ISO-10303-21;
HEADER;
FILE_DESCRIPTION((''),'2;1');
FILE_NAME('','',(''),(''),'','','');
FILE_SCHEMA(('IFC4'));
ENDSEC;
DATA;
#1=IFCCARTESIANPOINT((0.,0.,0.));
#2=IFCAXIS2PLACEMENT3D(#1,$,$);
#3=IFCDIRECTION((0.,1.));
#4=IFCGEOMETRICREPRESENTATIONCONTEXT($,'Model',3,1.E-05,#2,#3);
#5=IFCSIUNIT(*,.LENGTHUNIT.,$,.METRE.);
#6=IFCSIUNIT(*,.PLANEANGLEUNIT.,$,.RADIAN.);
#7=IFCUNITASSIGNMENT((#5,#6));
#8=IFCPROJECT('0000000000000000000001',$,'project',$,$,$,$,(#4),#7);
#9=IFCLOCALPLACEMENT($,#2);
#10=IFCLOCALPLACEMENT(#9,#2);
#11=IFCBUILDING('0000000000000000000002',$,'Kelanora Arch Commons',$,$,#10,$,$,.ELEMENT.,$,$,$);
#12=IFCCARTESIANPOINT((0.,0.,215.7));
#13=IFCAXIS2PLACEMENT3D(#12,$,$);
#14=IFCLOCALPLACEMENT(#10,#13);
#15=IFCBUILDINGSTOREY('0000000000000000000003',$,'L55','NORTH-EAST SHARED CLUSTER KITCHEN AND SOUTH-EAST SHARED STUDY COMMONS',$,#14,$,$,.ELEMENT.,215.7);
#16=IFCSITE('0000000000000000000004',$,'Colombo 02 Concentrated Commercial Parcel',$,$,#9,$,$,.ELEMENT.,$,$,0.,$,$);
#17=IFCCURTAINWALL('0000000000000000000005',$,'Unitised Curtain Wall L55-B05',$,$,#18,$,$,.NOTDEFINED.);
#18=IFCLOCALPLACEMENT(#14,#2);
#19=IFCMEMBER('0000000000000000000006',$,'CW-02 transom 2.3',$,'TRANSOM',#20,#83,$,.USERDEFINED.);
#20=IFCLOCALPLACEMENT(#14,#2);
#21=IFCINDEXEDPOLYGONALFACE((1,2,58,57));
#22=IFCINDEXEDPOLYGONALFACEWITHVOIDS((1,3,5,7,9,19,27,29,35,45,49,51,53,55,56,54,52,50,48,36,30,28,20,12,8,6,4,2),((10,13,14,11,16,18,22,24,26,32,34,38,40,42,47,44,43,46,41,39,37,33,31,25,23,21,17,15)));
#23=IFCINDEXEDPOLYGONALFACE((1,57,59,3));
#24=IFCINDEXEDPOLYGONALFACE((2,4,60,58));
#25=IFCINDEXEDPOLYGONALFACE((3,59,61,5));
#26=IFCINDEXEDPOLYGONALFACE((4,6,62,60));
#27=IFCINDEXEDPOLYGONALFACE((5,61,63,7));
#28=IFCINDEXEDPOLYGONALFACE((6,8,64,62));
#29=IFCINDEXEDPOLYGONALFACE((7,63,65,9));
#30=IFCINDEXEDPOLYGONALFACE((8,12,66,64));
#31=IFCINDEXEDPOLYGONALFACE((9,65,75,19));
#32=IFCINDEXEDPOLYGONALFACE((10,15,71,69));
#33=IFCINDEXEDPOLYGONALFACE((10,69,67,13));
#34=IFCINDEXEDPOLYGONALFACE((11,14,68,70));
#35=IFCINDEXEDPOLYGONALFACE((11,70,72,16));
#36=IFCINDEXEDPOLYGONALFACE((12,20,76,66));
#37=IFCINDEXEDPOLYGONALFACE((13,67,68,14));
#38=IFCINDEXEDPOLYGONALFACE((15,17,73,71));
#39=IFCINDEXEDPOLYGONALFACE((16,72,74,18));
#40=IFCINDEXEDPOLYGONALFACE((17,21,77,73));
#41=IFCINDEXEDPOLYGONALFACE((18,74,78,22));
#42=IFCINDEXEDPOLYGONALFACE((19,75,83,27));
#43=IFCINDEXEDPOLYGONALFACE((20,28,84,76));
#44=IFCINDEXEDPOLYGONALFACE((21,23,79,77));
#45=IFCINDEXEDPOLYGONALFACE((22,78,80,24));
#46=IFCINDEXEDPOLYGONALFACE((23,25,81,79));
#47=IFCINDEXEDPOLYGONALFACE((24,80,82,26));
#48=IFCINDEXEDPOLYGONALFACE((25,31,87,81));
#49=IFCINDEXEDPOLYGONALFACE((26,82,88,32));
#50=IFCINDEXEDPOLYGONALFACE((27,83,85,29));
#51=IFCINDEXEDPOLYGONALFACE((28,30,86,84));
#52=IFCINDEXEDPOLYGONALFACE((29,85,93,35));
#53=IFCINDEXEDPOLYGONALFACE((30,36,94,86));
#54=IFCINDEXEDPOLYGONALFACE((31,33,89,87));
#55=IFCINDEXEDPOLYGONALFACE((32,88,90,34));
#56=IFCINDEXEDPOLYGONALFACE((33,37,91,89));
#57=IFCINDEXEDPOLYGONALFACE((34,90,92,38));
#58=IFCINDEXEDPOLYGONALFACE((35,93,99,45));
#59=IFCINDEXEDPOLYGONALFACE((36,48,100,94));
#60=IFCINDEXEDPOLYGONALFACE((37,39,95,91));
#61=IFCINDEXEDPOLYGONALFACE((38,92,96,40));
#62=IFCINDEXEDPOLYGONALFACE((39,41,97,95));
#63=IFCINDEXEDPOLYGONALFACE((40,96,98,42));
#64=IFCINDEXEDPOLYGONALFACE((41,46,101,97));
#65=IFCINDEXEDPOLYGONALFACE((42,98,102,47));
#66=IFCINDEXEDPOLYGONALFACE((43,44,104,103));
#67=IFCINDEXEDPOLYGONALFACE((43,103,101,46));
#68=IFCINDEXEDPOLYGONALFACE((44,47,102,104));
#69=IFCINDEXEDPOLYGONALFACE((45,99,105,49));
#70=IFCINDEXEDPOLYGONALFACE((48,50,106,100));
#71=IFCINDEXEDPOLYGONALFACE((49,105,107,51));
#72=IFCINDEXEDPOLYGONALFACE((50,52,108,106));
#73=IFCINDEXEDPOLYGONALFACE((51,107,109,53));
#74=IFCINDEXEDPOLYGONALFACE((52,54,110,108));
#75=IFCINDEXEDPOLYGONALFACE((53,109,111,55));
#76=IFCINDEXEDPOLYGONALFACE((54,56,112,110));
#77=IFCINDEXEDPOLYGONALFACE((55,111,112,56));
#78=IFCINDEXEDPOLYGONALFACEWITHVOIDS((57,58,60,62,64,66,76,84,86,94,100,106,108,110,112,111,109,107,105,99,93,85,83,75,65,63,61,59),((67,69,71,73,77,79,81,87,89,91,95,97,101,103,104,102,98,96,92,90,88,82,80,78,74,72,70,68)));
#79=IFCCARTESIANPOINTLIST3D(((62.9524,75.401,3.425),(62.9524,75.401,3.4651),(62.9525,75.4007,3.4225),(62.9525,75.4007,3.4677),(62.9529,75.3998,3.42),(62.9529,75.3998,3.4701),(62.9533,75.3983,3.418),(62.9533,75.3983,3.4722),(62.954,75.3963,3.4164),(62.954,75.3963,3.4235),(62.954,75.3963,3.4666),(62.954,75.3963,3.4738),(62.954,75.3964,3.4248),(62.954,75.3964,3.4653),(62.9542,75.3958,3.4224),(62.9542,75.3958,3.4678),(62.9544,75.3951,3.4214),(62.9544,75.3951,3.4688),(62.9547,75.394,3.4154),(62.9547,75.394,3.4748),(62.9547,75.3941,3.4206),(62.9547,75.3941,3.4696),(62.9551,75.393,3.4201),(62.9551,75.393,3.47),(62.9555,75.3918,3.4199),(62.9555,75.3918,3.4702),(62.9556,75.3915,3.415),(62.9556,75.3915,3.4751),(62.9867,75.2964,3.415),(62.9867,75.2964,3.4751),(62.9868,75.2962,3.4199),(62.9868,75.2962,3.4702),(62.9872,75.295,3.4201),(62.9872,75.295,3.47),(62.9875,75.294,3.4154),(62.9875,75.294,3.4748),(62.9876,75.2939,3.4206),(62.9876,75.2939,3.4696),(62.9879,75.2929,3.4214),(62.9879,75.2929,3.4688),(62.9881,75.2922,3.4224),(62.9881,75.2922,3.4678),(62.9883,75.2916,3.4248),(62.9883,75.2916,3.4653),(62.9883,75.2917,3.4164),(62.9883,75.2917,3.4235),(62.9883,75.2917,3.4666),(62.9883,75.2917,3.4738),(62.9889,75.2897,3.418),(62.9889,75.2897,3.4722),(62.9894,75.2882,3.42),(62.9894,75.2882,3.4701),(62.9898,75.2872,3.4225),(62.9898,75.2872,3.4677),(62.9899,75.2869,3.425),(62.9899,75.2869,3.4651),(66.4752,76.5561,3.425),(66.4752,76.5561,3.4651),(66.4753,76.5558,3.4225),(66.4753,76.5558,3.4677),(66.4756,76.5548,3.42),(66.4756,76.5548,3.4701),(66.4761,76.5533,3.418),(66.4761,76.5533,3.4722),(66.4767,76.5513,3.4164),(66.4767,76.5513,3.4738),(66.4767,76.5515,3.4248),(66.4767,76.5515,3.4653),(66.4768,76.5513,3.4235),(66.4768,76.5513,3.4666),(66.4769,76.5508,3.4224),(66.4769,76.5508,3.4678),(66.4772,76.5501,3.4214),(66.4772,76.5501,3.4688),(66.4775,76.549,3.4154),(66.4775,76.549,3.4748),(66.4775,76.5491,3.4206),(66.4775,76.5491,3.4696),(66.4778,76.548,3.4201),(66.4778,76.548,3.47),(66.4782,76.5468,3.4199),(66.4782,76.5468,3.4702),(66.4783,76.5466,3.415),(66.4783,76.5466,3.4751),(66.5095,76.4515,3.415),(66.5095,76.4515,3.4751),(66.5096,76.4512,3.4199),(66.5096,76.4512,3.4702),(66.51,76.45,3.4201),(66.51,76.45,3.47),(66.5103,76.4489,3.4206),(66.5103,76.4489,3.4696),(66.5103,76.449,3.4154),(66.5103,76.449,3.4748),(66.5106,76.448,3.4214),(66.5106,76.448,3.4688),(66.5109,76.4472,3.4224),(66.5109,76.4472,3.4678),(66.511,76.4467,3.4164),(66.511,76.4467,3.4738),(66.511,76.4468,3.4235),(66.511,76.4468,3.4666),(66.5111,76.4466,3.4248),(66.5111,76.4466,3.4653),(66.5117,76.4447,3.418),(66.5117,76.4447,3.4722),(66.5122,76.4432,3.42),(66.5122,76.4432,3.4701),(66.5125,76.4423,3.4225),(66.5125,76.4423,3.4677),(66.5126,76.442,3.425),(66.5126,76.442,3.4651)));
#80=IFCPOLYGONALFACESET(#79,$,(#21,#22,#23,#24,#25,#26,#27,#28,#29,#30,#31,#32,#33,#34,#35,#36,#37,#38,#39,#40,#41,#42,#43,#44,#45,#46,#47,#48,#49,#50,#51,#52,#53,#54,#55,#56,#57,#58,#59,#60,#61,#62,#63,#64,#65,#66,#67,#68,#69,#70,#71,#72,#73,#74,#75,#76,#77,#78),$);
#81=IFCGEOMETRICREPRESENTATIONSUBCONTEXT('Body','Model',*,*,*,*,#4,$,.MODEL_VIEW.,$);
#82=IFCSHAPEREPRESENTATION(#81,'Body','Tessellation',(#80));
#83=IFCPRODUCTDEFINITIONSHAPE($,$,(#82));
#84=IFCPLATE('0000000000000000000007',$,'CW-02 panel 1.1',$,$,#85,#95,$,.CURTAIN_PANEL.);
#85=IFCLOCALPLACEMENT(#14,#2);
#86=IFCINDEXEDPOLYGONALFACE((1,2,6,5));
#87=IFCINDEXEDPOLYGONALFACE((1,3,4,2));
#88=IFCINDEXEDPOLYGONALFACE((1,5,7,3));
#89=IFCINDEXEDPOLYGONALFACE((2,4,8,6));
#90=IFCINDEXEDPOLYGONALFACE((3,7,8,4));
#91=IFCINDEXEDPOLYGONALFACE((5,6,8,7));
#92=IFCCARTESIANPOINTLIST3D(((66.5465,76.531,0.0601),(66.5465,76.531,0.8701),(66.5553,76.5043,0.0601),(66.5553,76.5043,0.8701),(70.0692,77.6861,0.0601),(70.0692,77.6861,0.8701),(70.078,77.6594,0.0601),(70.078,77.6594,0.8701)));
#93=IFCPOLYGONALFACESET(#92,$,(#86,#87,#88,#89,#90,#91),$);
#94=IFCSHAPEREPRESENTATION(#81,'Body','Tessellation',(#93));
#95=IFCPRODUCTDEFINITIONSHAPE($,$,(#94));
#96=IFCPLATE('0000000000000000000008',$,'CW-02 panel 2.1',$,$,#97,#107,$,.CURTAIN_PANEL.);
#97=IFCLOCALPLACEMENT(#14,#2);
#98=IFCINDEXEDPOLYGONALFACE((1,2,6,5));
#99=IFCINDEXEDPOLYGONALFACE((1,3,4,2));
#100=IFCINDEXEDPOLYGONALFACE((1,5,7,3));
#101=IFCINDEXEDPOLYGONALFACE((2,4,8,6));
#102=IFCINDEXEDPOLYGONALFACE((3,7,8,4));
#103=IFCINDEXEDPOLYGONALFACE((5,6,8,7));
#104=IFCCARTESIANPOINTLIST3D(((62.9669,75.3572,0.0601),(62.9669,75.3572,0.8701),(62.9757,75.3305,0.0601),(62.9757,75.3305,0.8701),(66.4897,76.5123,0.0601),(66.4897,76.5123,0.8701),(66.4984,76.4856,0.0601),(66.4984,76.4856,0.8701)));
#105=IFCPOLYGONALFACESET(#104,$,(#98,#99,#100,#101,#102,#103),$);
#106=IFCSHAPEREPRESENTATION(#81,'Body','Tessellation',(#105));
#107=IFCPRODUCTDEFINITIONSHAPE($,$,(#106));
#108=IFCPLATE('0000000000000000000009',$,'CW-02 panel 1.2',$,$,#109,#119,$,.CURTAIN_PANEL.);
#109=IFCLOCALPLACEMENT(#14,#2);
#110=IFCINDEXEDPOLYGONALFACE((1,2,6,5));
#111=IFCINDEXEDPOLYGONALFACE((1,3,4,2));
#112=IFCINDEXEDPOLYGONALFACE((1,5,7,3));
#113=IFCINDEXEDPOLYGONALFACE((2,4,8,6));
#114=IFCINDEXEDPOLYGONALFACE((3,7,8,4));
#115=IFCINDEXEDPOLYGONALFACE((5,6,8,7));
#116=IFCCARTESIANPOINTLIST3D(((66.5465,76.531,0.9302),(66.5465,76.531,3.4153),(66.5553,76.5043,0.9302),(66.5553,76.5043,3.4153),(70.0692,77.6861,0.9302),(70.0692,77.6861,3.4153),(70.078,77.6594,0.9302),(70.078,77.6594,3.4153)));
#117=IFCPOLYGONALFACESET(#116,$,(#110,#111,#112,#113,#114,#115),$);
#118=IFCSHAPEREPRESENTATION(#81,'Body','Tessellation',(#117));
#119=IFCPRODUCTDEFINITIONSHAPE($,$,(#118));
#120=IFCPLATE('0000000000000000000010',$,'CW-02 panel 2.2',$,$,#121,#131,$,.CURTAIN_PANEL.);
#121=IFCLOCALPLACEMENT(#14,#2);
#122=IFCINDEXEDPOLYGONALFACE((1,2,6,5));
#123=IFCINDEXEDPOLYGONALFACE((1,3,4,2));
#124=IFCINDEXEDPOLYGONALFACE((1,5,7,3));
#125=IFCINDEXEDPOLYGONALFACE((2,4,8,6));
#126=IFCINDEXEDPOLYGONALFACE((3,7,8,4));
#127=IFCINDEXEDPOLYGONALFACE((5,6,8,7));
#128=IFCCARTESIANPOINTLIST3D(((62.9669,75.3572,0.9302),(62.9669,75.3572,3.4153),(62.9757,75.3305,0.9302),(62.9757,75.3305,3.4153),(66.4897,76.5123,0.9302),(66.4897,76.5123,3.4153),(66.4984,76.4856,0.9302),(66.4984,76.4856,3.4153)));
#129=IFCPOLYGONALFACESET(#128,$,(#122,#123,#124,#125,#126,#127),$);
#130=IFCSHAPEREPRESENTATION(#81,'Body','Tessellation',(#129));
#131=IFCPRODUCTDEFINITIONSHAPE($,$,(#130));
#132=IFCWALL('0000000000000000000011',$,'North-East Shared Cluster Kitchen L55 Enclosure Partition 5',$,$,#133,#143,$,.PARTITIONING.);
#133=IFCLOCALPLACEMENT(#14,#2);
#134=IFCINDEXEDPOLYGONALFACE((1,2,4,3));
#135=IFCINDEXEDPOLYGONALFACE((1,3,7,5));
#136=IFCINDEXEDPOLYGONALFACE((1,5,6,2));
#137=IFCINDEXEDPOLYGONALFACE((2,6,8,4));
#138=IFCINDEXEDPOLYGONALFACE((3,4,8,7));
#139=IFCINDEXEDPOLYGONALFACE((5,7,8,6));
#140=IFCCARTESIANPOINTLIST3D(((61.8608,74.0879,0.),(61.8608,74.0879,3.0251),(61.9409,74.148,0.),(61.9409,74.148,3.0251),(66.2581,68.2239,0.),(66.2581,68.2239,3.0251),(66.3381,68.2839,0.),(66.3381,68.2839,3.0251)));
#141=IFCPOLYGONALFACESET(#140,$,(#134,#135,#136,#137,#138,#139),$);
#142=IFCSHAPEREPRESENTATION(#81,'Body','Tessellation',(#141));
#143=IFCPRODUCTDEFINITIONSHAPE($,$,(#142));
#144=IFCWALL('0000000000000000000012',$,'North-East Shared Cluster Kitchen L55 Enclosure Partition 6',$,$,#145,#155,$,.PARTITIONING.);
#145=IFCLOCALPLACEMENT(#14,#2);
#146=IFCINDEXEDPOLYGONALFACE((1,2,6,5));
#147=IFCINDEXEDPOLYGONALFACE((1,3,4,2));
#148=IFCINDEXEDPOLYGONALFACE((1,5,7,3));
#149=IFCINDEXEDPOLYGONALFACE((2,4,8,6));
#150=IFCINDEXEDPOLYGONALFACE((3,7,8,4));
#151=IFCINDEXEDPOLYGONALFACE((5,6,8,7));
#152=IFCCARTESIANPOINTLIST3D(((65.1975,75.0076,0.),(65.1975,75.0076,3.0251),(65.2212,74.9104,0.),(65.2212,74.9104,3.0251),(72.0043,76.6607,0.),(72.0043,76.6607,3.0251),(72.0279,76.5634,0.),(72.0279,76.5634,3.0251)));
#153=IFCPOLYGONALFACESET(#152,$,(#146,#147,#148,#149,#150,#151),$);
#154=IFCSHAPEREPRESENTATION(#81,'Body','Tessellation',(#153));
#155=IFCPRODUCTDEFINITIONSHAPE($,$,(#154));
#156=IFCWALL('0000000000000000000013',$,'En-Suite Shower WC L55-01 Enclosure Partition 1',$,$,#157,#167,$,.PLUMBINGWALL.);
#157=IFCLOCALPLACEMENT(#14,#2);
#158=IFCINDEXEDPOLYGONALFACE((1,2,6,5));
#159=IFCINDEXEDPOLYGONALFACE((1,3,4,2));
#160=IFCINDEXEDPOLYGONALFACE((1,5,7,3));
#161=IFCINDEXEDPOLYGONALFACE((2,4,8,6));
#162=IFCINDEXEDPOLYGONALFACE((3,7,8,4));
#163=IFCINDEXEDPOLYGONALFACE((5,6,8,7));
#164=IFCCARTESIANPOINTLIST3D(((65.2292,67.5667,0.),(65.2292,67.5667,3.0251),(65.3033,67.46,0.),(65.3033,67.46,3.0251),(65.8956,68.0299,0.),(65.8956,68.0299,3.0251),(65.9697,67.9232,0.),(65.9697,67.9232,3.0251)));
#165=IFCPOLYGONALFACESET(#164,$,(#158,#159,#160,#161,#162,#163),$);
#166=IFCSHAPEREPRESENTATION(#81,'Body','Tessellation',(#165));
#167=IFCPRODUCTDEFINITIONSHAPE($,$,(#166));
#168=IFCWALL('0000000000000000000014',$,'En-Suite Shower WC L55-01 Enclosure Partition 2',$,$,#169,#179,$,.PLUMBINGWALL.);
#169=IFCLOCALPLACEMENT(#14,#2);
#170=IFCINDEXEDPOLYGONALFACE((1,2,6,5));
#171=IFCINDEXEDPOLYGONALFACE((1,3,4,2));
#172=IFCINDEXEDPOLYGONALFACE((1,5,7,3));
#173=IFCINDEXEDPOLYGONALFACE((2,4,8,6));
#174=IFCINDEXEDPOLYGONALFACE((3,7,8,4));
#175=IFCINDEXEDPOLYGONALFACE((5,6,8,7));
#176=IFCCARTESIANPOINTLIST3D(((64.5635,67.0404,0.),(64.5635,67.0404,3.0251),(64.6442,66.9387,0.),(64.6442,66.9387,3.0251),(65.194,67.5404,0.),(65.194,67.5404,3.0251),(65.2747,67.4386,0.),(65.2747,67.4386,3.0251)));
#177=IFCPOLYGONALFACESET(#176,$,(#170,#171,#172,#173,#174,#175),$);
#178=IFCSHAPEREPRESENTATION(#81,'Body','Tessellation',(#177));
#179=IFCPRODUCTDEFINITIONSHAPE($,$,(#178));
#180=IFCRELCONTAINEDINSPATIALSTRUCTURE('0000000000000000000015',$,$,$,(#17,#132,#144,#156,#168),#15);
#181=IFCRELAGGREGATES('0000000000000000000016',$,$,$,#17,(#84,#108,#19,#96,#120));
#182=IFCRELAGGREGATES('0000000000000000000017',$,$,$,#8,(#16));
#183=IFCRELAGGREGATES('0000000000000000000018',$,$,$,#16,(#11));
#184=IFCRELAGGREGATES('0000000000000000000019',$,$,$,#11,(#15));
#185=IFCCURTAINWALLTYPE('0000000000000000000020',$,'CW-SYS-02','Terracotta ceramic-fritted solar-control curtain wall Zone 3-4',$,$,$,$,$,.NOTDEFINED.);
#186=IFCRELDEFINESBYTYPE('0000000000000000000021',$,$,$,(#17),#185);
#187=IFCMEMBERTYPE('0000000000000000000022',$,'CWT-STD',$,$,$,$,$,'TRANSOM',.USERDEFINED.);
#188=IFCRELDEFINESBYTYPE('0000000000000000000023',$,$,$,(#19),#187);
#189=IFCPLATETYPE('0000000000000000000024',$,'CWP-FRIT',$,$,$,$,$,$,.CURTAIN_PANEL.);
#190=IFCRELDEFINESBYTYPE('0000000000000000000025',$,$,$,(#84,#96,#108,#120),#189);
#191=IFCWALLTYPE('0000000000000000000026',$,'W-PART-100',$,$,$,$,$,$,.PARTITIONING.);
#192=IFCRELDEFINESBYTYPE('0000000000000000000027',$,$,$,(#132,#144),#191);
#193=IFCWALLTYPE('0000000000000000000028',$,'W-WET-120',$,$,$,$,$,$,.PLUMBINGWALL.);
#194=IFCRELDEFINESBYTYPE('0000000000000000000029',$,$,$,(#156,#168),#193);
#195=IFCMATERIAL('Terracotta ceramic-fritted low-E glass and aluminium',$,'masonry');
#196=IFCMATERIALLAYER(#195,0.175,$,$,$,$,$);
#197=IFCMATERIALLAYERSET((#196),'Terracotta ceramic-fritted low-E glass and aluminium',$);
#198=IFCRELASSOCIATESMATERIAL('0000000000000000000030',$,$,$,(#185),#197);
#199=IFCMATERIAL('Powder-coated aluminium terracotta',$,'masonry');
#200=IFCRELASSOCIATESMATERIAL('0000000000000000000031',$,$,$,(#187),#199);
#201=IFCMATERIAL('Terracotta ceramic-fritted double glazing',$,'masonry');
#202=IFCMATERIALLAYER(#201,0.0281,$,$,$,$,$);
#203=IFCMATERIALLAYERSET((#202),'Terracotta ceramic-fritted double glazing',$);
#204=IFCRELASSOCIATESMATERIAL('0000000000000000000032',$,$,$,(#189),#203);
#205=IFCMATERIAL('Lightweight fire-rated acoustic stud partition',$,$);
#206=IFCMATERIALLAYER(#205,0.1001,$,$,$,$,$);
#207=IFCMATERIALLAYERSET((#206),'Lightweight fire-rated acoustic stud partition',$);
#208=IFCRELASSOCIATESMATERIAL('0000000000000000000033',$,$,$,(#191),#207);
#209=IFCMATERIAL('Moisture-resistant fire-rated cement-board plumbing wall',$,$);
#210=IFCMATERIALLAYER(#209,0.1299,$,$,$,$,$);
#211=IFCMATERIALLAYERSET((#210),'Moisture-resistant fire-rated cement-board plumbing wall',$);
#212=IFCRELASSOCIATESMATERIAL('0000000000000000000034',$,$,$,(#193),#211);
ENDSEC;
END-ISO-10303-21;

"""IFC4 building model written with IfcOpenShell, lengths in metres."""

from ifc_helpers import new_model, si_unit, direction, frame, frame_2d, origin, origin_2d, place, context, subcontext, project, spatial, rectangle, hollow_rectangle, extrude, source, transform, mapped, material, layer, layer_set, material_profile, profile_set, type_object, element, aggregate, save


model = new_model("IFC4")

# Units and contexts
model_context = context("Model", 3, precision=1e-05, world=origin(), true_north=direction((0.0, 1.0)))
body_context = subcontext(model_context, "Body", "Model", "MODEL_VIEW")
ifc_project = project(units=[si_unit("LENGTHUNIT", "METRE"), si_unit("PLANEANGLEUNIT", "RADIAN")], contexts=[model_context])

# Site, building, storey
site_placement = place(None, origin())
site = spatial("IfcSite", under=ifc_project, at=site_placement, Name="Colombo 02 Concentrated Commercial Parcel", CompositionType="ELEMENT", RefElevation=0.0)
building_placement = place(site_placement, origin())
building = spatial("IfcBuilding", under=site, at=building_placement, Name="Kelanora Arch Commons", CompositionType="ELEMENT")
storey_placement = place(building_placement, frame((0.0, 0.0, 215.7)))
storey = spatial("IfcBuildingStorey", under=building, at=storey_placement, Name="L55", Description="NORTH-EAST SHARED CLUSTER KITCHEN AND SOUTH-EAST SHARED STUDY COMMONS", CompositionType="ELEMENT", Elevation=215.7)

# Curtain wall, member, plates
ifc_material_1 = material(Name="Terracotta ceramic-fritted low-E glass and aluminium", Category="masonry")
ifc_layer_1 = layer(ifc_material_1, 0.175)
ifc_layer_set_1 = layer_set([ifc_layer_1], Name="Terracotta ceramic-fritted low-E glass and aluminium")
curtain_wall_type = type_object("IfcCurtainWallType", Name="CW-SYS-02", Description="Terracotta ceramic-fritted solar-control curtain wall Zone 3-4", PredefinedType="NOTDEFINED", material=ifc_layer_set_1)
curtain_wall_placement = place(storey_placement, origin())
curtain_wall = element("IfcCurtainWall", 1, at=curtain_wall_placement, inside=storey, type_object=curtain_wall_type, Name="Unitised Curtain Wall L55-B05", PredefinedType="NOTDEFINED")
ifc_material_2 = material(Name="Powder-coated aluminium terracotta", Category="masonry")
ifc_material_profile_1 = material_profile(ifc_material_2, hollow_rectangle(XDim=0.1201, YDim=0.0601, WallThickness=0.0049, InnerFilletRadius=0.0049, OuterFilletRadius=0.01, at=origin_2d()), Name="CWT120x60")
ifc_profile_set_1 = profile_set([ifc_material_profile_1], Name="Powder-coated aluminium terracotta")
member_type_1 = type_object("IfcMemberType", Name="CWT-STD", ElementType="TRANSOM", PredefinedType="USERDEFINED", material=ifc_profile_set_1)
member_1_placement = place(storey_placement, frame((66.4939, 76.499, 3.4451), z_axis=(-0.950226, -0.311561, 0.0), x_axis=(0.311561, -0.950226, 0.0)))
member_1 = element("IfcMember", 2, at=member_1_placement, type_object=member_type_1, Name="CW-02 transom 2.3", ObjectType="TRANSOM", PredefinedType="USERDEFINED", context=body_context, shape_type="SweptSolid", body=[
    extrude(hollow_rectangle(XDim=0.1201, YDim=0.0601, WallThickness=0.0049, InnerFilletRadius=0.0049, OuterFilletRadius=0.01, at=origin_2d()), origin(), (0.0, 0.0, 1.0), 3.7073),
])
ifc_material_3 = material(Name="Terracotta ceramic-fritted double glazing", Category="masonry")
ifc_layer_2 = layer(ifc_material_3, 0.0281)
ifc_layer_set_2 = layer_set([ifc_layer_2], Name="Terracotta ceramic-fritted double glazing")
plate_type = type_object("IfcPlateType", Name="CWP-FRIT", PredefinedType="CURTAIN_PANEL", material=ifc_layer_set_2)
shared_shape_1 = source(origin(), body_context, "Body", "SweptSolid", [
    extrude(rectangle(XDim=3.7073, YDim=0.0281, at=origin_2d()), origin(), (0.0, 0.0, 1.0), 0.8101),
])
plate_1_placement = place(storey_placement, frame((68.3123, 77.0952, 0.0601), z_axis=(0.0, 0.0, 1.0), x_axis=(-0.950219, -0.311582, 0.0)))
plate_1 = element("IfcPlate", 3, at=plate_1_placement, type_object=plate_type, Name="CW-02 panel 1.1", PredefinedType="CURTAIN_PANEL", context=body_context, shape_type="MappedRepresentation", body=[
    mapped(shared_shape_1, transform((0.0, 0.0, 0.0), scale=1.0)),
])
plate_2_placement = place(storey_placement, frame((64.7327, 75.9214, 0.0601), z_axis=(0.0, 0.0, 1.0), x_axis=(-0.950219, -0.311582, 0.0)))
plate_2 = element("IfcPlate", 4, at=plate_2_placement, type_object=plate_type, Name="CW-02 panel 2.1", PredefinedType="CURTAIN_PANEL", context=body_context, shape_type="MappedRepresentation", body=[
    mapped(shared_shape_1, transform((0.0, 0.0, 0.0), scale=1.0)),
])
shared_shape_2 = source(origin(), body_context, "Body", "SweptSolid", [
    extrude(rectangle(XDim=3.7073, YDim=0.0281, at=origin_2d()), origin(), (0.0, 0.0, 1.0), 2.4851),
])
plate_3_placement = place(storey_placement, frame((68.3123, 77.0952, 0.9302), z_axis=(0.0, 0.0, 1.0), x_axis=(-0.950219, -0.311582, 0.0)))
plate_3 = element("IfcPlate", 5, at=plate_3_placement, type_object=plate_type, Name="CW-02 panel 1.2", PredefinedType="CURTAIN_PANEL", context=body_context, shape_type="MappedRepresentation", body=[
    mapped(shared_shape_2, transform((0.0, 0.0, 0.0), scale=1.0)),
])
plate_4_placement = place(storey_placement, frame((64.7327, 75.9214, 0.9302), z_axis=(0.0, 0.0, 1.0), x_axis=(-0.950219, -0.311582, 0.0)))
plate_4 = element("IfcPlate", 6, at=plate_4_placement, type_object=plate_type, Name="CW-02 panel 2.2", PredefinedType="CURTAIN_PANEL", context=body_context, shape_type="MappedRepresentation", body=[
    mapped(shared_shape_2, transform((0.0, 0.0, 0.0), scale=1.0)),
])
aggregate(curtain_wall, [plate_1, plate_3, member_1, plate_2, plate_4])

# Walls
ifc_material_4 = material(Name="Lightweight fire-rated acoustic stud partition")
ifc_layer_3 = layer(ifc_material_4, 0.1001)
ifc_layer_set_3 = layer_set([ifc_layer_3], Name="Lightweight fire-rated acoustic stud partition")
wall_type_1 = type_object("IfcWallType", Name="W-PART-100", PredefinedType="PARTITIONING", material=ifc_layer_set_3)
wall_1_placement = place(storey_placement, frame((66.2981, 68.2539, 0.0), z_axis=(0.0, 0.0, 1.0), x_axis=(-0.599931, 0.800052, 0.0)))
element("IfcWall", 7, at=wall_1_placement, inside=storey, type_object=wall_type_1, Name="North-East Shared Cluster Kitchen L55 Enclosure Partition 5", PredefinedType="PARTITIONING", context=body_context, shape_type="SweptSolid", body=[
    extrude(rectangle(XDim=7.3296, YDim=0.1001, at=frame_2d((3.6648, 0.0))), origin(), (0.0, 0.0, 1.0), 3.0251),
])
wall_2_placement = place(storey_placement, frame((65.2092, 74.959, 0.0), z_axis=(0.0, 0.0, 1.0), x_axis=(0.971755, 0.235994, 0.0)))
element("IfcWall", 8, at=wall_2_placement, inside=storey, type_object=wall_type_1, Name="North-East Shared Cluster Kitchen L55 Enclosure Partition 6", PredefinedType="PARTITIONING", context=body_context, shape_type="SweptSolid", body=[
    extrude(rectangle(XDim=7.0046, YDim=0.1001, at=frame_2d((3.5024, 0.0))), origin(), (0.0, 0.0, 1.0), 3.0251),
])
ifc_material_5 = material(Name="Moisture-resistant fire-rated cement-board plumbing wall")
ifc_layer_4 = layer(ifc_material_5, 0.1299)
ifc_layer_set_4 = layer_set([ifc_layer_4], Name="Moisture-resistant fire-rated cement-board plumbing wall")
wall_type_2 = type_object("IfcWallType", Name="W-WET-120", PredefinedType="PLUMBINGWALL", material=ifc_layer_set_4)
wall_3_placement = place(storey_placement, frame((65.9326, 67.9766, 0.0), z_axis=(0.0, 0.0, 1.0), x_axis=(-0.821108, -0.570774, 0.0)))
element("IfcWall", 9, at=wall_3_placement, inside=storey, type_object=wall_type_2, Name="En-Suite Shower WC L55-01 Enclosure Partition 1", PredefinedType="PLUMBINGWALL", context=body_context, shape_type="SweptSolid", body=[
    extrude(rectangle(XDim=0.8115, YDim=0.1299, at=frame_2d((0.4058, 0.0))), origin(), (0.0, 0.0, 1.0), 3.0251),
])
wall_4_placement = place(storey_placement, frame((65.2344, 67.4895, 0.0), z_axis=(0.0, 0.0, 1.0), x_axis=(-0.783584, -0.621286, 0.0)))
element("IfcWall", 10, at=wall_4_placement, inside=storey, type_object=wall_type_2, Name="En-Suite Shower WC L55-01 Enclosure Partition 2", PredefinedType="PLUMBINGWALL", context=body_context, shape_type="SweptSolid", body=[
    extrude(rectangle(XDim=0.8047, YDim=0.1299, at=frame_2d((0.4023, 0.0))), origin(), (0.0, 0.0, 1.0), 3.0251),
])

save(model, "model.ifc")
